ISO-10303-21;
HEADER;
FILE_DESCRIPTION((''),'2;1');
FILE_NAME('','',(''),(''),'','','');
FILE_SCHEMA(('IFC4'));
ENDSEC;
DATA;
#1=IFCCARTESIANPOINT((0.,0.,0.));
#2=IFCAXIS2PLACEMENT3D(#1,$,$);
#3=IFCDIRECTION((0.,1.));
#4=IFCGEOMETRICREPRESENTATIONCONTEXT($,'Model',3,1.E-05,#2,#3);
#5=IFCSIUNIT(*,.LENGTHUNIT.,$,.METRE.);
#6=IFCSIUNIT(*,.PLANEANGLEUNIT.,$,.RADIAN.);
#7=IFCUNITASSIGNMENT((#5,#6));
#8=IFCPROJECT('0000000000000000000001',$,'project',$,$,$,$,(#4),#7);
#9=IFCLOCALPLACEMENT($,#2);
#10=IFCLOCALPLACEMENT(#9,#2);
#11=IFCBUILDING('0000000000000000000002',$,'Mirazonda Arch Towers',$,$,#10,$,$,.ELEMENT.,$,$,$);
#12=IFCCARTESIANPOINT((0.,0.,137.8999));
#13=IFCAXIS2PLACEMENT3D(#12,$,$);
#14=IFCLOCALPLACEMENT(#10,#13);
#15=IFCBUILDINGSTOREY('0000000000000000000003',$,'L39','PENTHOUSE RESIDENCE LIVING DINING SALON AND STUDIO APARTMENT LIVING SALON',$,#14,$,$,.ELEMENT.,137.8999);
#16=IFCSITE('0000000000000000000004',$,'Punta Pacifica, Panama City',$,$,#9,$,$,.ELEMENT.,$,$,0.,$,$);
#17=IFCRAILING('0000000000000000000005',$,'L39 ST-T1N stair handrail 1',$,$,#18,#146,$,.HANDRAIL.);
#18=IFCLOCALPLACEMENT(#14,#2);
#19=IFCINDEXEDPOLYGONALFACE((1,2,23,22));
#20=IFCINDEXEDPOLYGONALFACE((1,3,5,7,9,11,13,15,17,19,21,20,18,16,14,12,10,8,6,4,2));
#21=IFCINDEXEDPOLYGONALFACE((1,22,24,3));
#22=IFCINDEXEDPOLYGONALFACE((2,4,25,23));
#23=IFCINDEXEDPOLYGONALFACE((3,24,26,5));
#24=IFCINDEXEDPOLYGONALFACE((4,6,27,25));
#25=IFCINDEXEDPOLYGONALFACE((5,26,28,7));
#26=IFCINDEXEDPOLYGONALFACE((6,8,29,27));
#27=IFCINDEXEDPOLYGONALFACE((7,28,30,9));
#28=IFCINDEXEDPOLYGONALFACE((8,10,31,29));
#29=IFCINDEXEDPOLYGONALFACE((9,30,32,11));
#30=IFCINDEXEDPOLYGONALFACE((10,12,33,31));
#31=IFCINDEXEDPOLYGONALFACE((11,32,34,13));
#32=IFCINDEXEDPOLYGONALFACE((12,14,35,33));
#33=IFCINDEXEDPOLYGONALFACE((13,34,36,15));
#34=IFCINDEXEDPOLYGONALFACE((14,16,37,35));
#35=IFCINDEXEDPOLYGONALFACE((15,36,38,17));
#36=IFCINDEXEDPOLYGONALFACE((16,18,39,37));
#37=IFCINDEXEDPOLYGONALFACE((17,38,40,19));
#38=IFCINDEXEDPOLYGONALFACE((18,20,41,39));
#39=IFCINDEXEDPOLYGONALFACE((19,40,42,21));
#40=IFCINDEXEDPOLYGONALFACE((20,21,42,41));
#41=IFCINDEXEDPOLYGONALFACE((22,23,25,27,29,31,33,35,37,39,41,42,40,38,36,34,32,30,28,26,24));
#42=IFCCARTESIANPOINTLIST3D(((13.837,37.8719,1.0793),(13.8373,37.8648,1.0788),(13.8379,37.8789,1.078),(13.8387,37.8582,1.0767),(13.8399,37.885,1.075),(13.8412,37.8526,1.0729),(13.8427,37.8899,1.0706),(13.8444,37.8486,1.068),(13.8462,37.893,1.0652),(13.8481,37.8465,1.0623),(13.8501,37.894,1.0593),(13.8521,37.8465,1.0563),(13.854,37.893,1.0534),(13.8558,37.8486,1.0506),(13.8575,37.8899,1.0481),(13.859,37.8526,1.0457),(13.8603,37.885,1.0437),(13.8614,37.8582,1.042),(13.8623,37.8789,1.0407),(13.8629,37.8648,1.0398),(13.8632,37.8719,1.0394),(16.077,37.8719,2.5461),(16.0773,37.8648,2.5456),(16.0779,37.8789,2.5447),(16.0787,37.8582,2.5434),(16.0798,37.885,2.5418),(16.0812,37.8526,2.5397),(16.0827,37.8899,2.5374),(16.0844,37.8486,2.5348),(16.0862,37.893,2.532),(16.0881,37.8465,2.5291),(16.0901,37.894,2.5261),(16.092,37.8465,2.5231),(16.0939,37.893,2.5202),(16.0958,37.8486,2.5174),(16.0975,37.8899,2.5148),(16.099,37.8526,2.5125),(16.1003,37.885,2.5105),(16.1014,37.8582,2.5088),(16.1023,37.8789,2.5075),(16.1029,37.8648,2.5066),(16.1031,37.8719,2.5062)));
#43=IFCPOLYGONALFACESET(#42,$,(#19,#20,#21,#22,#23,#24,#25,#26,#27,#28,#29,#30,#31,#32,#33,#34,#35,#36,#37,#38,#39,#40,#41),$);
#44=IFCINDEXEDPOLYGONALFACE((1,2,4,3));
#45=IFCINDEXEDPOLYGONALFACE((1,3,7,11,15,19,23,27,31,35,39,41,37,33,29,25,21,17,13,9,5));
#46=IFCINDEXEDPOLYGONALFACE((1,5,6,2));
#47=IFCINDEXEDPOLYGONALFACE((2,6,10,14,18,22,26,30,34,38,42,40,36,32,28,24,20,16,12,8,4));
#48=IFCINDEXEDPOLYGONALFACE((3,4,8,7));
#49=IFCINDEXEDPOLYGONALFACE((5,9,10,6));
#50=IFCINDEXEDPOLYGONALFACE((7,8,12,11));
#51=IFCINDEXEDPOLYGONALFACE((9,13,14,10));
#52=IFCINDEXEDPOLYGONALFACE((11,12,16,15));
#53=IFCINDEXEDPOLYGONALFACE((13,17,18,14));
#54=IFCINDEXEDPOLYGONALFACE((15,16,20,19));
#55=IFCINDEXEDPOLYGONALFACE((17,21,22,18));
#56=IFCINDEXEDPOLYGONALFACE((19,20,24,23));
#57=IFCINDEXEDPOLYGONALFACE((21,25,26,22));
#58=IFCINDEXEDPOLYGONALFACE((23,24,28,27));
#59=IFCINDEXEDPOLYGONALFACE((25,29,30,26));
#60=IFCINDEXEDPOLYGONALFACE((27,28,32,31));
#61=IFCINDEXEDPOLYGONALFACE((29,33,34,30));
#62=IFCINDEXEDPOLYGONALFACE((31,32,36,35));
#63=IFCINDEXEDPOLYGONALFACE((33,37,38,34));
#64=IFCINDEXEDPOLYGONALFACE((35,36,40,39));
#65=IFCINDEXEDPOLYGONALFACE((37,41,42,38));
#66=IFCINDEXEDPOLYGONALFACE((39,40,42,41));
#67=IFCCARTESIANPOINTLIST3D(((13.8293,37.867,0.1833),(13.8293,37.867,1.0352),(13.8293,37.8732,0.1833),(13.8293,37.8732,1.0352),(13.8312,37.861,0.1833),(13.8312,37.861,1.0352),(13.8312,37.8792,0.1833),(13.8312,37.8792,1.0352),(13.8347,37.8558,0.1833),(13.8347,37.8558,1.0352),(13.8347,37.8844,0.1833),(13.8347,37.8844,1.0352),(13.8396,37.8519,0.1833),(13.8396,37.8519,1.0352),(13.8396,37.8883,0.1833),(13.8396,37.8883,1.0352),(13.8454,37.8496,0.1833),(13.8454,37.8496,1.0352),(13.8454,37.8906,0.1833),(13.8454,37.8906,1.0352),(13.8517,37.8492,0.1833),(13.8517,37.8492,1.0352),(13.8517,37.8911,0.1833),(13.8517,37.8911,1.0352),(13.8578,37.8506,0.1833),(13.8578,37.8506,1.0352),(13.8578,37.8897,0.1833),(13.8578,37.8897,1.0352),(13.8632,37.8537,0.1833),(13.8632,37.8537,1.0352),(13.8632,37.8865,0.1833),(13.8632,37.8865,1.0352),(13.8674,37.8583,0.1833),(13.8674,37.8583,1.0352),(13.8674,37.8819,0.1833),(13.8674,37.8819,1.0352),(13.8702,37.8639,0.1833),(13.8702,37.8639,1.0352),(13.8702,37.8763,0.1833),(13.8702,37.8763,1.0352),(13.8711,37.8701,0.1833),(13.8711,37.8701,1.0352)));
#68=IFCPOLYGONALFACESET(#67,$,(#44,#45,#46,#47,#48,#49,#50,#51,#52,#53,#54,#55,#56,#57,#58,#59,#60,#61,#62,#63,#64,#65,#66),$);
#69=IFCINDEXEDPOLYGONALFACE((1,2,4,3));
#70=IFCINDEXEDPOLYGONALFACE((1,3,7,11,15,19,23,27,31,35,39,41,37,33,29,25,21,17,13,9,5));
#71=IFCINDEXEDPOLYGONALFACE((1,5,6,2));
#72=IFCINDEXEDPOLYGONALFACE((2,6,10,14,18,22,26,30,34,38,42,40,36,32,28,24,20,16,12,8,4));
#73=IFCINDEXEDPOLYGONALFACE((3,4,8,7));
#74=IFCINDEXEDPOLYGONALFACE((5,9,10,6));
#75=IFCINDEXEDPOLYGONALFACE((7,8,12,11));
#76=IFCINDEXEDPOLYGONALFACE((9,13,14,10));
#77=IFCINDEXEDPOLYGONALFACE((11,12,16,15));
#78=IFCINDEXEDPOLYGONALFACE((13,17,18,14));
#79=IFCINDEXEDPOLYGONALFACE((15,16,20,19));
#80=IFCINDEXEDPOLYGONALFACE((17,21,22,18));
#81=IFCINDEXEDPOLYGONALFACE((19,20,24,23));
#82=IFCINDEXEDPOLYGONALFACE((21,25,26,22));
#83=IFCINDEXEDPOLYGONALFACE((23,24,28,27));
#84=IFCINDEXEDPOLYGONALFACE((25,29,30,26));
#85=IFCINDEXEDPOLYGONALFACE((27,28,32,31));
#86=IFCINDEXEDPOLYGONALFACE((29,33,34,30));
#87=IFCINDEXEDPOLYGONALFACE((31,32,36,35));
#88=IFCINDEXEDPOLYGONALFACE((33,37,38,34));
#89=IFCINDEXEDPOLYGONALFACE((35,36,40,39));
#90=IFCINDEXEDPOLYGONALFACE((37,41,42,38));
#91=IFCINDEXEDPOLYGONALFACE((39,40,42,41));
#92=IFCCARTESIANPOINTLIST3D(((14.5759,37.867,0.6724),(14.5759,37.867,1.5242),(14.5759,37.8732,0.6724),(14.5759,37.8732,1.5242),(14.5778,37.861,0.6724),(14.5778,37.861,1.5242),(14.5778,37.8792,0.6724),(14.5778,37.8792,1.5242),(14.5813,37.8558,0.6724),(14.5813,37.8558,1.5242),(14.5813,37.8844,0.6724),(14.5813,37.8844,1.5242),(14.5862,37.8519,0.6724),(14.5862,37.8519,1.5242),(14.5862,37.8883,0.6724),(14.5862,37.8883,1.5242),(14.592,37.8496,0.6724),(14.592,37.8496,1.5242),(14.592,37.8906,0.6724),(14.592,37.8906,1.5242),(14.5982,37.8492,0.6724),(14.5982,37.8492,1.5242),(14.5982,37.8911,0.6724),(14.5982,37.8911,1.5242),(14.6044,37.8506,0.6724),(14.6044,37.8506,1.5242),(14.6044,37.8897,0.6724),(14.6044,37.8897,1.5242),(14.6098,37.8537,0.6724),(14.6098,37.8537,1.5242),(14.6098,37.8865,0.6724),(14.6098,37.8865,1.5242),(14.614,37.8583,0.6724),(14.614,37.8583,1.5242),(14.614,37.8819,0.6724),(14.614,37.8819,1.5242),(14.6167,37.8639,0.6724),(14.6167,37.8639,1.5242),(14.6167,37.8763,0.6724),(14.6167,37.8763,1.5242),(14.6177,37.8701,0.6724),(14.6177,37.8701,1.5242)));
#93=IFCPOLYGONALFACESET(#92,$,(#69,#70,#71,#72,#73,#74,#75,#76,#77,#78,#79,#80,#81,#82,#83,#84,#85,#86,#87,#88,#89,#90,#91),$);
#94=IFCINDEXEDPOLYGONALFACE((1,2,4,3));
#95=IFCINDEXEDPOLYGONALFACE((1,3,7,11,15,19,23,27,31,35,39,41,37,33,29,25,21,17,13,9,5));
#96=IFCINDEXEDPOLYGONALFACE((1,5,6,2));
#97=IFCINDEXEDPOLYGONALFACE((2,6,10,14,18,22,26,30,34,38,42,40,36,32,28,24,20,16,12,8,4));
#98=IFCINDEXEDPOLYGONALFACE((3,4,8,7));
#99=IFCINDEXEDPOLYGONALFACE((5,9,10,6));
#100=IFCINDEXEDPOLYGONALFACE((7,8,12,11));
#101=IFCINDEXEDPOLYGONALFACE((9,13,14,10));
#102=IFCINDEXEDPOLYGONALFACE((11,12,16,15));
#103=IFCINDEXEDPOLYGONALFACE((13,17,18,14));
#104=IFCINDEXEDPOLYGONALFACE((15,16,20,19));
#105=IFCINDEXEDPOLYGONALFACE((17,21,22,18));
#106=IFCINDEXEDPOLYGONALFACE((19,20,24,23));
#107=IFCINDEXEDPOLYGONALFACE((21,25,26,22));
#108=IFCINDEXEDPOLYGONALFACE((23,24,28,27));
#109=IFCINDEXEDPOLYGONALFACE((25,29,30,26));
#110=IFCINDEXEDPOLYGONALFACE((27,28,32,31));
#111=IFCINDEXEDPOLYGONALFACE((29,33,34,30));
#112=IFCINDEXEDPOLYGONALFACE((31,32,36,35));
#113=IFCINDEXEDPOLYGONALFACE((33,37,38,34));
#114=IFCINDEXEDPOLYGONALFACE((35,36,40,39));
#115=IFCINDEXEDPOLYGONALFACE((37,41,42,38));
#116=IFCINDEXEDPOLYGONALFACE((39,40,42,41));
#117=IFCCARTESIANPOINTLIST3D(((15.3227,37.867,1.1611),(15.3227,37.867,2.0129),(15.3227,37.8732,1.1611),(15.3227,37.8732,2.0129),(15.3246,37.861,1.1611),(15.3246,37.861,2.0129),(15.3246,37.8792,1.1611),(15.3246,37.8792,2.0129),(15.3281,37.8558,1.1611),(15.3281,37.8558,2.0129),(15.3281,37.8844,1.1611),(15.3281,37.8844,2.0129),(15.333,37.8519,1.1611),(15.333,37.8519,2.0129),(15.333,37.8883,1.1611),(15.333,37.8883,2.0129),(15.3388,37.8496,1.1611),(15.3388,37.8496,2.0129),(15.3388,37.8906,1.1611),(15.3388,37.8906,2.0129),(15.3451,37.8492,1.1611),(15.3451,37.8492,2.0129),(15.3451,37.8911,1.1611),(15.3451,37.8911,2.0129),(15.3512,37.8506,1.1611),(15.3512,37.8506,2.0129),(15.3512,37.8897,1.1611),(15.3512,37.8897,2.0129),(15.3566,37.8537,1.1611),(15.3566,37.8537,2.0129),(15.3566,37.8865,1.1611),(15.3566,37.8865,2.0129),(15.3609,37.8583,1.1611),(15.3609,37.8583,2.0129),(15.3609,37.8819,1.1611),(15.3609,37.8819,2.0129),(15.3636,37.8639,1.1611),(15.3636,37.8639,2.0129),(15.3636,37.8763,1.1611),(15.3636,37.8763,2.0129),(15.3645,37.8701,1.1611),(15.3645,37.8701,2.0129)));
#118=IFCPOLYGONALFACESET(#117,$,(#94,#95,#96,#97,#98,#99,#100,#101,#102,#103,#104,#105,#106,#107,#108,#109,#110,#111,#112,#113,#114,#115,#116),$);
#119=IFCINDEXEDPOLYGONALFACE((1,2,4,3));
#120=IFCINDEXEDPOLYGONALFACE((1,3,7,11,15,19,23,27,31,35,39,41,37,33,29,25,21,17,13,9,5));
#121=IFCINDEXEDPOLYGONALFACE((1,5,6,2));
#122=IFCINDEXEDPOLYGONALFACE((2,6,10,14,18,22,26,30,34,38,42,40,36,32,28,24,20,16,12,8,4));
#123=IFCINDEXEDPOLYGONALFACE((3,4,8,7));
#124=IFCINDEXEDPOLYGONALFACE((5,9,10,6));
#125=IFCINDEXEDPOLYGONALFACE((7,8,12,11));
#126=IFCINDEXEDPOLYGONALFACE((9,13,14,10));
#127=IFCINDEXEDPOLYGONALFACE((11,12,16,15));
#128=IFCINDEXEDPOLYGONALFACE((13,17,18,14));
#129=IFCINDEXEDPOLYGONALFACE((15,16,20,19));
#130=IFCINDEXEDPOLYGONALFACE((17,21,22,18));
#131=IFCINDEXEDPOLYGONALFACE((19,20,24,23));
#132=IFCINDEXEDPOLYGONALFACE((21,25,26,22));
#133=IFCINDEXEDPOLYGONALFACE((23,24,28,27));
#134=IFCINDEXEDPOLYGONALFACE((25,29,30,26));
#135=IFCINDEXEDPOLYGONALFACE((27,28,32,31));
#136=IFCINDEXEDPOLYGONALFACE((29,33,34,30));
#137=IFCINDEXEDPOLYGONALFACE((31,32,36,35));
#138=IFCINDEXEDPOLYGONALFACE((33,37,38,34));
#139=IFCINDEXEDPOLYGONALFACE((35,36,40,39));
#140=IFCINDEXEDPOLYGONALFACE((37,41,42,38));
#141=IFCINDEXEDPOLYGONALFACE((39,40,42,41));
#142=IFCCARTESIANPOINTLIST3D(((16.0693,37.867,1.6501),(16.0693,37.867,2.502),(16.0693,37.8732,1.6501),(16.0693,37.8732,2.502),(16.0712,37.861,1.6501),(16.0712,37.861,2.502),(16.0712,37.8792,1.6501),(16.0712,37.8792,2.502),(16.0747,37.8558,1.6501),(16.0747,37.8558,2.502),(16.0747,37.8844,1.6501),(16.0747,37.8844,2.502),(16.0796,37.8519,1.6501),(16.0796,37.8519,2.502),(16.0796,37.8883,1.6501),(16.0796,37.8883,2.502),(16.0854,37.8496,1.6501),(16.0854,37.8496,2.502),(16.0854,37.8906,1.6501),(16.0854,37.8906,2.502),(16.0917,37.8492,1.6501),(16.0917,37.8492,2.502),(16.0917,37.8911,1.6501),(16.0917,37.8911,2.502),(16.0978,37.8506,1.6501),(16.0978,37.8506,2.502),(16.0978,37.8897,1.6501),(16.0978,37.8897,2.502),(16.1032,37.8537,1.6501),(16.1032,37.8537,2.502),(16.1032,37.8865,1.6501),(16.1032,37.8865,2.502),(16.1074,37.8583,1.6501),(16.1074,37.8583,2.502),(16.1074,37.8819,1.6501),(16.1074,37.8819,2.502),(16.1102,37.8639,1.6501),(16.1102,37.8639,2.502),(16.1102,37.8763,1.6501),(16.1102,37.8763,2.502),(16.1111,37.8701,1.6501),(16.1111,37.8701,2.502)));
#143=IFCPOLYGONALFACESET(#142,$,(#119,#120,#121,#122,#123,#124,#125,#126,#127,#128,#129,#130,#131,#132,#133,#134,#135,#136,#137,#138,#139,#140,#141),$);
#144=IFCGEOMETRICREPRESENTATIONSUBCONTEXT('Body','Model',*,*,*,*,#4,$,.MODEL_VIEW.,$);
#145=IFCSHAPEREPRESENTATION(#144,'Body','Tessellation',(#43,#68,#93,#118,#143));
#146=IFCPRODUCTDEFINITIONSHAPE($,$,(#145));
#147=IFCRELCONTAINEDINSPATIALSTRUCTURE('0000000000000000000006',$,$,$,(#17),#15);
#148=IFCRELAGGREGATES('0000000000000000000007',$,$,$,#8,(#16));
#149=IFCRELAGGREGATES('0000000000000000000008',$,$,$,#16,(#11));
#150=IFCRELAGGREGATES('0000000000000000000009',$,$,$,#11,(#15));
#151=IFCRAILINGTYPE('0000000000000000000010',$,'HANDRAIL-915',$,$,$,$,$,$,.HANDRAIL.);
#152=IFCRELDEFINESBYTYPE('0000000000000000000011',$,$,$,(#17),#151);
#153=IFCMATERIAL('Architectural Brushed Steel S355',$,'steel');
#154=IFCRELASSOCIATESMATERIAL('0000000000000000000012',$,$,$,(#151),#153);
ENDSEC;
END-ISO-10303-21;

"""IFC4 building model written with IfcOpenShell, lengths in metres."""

from ifc_helpers import new_model, si_unit, direction, frame, origin, origin_2d, place, context, subcontext, project, spatial, circle, extrude, material, type_object, element, save


model = new_model("IFC4")

# Units and contexts
model_context = context("Model", 3, precision=1e-05, world=origin(), true_north=direction((0.0, 1.0)))
body_context = subcontext(model_context, "Body", "Model", "MODEL_VIEW")
ifc_project = project(units=[si_unit("LENGTHUNIT", "METRE"), si_unit("PLANEANGLEUNIT", "RADIAN")], contexts=[model_context])

# Site, building, storey
site_placement = place(None, origin())
site = spatial("IfcSite", under=ifc_project, at=site_placement, Name="Punta Pacifica, Panama City", CompositionType="ELEMENT", RefElevation=0.0)
building_placement = place(site_placement, origin())
building = spatial("IfcBuilding", under=site, at=building_placement, Name="Mirazonda Arch Towers", CompositionType="ELEMENT")
storey_placement = place(building_placement, frame((0.0, 0.0, 137.8999)))
storey = spatial("IfcBuildingStorey", under=building, at=storey_placement, Name="L39", Description="PENTHOUSE RESIDENCE LIVING DINING SALON AND STUDIO APARTMENT LIVING SALON", CompositionType="ELEMENT", Elevation=137.8999)

# Shared definitions
ifc_material_1 = material(Name="Architectural Brushed Steel S355", Category="steel")

# Railing
railing_type_1 = type_object("IfcRailingType", Name="HANDRAIL-915", PredefinedType="HANDRAIL", material=ifc_material_1)
railing_1_placement = place(storey_placement, frame((13.8501, 37.8701, 0.1833)))
element("IfcRailing", 1, at=railing_1_placement, inside=storey, type_object=railing_type_1, Name="L39 ST-T1N stair handrail 1", PredefinedType="HANDRAIL", context=body_context, shape_type="SweptSolid", body=[
    extrude(circle(Radius=0.0239, at=origin_2d()), frame((0.0, 0.0, 0.876), z_axis=(0.836595, 0.0, 0.547822), x_axis=(0.0, 1.0, 0.0)), (0.0, 0.0, 1.0), 2.6775),
    extrude(circle(Radius=0.021, at=origin_2d()), origin(), (0.0, 0.0, 1.0), 0.8518),
    extrude(circle(Radius=0.021, at=origin_2d()), frame((0.7466, 0.0, 0.489)), (0.0, 0.0, 1.0), 0.8518),
    extrude(circle(Radius=0.021, at=origin_2d()), frame((1.4934, 0.0, 0.9778)), (0.0, 0.0, 1.0), 0.8518),
    extrude(circle(Radius=0.021, at=origin_2d()), frame((2.24, 0.0, 1.4668)), (0.0, 0.0, 1.0), 0.8518),
])

save(model, "model.ifc")
